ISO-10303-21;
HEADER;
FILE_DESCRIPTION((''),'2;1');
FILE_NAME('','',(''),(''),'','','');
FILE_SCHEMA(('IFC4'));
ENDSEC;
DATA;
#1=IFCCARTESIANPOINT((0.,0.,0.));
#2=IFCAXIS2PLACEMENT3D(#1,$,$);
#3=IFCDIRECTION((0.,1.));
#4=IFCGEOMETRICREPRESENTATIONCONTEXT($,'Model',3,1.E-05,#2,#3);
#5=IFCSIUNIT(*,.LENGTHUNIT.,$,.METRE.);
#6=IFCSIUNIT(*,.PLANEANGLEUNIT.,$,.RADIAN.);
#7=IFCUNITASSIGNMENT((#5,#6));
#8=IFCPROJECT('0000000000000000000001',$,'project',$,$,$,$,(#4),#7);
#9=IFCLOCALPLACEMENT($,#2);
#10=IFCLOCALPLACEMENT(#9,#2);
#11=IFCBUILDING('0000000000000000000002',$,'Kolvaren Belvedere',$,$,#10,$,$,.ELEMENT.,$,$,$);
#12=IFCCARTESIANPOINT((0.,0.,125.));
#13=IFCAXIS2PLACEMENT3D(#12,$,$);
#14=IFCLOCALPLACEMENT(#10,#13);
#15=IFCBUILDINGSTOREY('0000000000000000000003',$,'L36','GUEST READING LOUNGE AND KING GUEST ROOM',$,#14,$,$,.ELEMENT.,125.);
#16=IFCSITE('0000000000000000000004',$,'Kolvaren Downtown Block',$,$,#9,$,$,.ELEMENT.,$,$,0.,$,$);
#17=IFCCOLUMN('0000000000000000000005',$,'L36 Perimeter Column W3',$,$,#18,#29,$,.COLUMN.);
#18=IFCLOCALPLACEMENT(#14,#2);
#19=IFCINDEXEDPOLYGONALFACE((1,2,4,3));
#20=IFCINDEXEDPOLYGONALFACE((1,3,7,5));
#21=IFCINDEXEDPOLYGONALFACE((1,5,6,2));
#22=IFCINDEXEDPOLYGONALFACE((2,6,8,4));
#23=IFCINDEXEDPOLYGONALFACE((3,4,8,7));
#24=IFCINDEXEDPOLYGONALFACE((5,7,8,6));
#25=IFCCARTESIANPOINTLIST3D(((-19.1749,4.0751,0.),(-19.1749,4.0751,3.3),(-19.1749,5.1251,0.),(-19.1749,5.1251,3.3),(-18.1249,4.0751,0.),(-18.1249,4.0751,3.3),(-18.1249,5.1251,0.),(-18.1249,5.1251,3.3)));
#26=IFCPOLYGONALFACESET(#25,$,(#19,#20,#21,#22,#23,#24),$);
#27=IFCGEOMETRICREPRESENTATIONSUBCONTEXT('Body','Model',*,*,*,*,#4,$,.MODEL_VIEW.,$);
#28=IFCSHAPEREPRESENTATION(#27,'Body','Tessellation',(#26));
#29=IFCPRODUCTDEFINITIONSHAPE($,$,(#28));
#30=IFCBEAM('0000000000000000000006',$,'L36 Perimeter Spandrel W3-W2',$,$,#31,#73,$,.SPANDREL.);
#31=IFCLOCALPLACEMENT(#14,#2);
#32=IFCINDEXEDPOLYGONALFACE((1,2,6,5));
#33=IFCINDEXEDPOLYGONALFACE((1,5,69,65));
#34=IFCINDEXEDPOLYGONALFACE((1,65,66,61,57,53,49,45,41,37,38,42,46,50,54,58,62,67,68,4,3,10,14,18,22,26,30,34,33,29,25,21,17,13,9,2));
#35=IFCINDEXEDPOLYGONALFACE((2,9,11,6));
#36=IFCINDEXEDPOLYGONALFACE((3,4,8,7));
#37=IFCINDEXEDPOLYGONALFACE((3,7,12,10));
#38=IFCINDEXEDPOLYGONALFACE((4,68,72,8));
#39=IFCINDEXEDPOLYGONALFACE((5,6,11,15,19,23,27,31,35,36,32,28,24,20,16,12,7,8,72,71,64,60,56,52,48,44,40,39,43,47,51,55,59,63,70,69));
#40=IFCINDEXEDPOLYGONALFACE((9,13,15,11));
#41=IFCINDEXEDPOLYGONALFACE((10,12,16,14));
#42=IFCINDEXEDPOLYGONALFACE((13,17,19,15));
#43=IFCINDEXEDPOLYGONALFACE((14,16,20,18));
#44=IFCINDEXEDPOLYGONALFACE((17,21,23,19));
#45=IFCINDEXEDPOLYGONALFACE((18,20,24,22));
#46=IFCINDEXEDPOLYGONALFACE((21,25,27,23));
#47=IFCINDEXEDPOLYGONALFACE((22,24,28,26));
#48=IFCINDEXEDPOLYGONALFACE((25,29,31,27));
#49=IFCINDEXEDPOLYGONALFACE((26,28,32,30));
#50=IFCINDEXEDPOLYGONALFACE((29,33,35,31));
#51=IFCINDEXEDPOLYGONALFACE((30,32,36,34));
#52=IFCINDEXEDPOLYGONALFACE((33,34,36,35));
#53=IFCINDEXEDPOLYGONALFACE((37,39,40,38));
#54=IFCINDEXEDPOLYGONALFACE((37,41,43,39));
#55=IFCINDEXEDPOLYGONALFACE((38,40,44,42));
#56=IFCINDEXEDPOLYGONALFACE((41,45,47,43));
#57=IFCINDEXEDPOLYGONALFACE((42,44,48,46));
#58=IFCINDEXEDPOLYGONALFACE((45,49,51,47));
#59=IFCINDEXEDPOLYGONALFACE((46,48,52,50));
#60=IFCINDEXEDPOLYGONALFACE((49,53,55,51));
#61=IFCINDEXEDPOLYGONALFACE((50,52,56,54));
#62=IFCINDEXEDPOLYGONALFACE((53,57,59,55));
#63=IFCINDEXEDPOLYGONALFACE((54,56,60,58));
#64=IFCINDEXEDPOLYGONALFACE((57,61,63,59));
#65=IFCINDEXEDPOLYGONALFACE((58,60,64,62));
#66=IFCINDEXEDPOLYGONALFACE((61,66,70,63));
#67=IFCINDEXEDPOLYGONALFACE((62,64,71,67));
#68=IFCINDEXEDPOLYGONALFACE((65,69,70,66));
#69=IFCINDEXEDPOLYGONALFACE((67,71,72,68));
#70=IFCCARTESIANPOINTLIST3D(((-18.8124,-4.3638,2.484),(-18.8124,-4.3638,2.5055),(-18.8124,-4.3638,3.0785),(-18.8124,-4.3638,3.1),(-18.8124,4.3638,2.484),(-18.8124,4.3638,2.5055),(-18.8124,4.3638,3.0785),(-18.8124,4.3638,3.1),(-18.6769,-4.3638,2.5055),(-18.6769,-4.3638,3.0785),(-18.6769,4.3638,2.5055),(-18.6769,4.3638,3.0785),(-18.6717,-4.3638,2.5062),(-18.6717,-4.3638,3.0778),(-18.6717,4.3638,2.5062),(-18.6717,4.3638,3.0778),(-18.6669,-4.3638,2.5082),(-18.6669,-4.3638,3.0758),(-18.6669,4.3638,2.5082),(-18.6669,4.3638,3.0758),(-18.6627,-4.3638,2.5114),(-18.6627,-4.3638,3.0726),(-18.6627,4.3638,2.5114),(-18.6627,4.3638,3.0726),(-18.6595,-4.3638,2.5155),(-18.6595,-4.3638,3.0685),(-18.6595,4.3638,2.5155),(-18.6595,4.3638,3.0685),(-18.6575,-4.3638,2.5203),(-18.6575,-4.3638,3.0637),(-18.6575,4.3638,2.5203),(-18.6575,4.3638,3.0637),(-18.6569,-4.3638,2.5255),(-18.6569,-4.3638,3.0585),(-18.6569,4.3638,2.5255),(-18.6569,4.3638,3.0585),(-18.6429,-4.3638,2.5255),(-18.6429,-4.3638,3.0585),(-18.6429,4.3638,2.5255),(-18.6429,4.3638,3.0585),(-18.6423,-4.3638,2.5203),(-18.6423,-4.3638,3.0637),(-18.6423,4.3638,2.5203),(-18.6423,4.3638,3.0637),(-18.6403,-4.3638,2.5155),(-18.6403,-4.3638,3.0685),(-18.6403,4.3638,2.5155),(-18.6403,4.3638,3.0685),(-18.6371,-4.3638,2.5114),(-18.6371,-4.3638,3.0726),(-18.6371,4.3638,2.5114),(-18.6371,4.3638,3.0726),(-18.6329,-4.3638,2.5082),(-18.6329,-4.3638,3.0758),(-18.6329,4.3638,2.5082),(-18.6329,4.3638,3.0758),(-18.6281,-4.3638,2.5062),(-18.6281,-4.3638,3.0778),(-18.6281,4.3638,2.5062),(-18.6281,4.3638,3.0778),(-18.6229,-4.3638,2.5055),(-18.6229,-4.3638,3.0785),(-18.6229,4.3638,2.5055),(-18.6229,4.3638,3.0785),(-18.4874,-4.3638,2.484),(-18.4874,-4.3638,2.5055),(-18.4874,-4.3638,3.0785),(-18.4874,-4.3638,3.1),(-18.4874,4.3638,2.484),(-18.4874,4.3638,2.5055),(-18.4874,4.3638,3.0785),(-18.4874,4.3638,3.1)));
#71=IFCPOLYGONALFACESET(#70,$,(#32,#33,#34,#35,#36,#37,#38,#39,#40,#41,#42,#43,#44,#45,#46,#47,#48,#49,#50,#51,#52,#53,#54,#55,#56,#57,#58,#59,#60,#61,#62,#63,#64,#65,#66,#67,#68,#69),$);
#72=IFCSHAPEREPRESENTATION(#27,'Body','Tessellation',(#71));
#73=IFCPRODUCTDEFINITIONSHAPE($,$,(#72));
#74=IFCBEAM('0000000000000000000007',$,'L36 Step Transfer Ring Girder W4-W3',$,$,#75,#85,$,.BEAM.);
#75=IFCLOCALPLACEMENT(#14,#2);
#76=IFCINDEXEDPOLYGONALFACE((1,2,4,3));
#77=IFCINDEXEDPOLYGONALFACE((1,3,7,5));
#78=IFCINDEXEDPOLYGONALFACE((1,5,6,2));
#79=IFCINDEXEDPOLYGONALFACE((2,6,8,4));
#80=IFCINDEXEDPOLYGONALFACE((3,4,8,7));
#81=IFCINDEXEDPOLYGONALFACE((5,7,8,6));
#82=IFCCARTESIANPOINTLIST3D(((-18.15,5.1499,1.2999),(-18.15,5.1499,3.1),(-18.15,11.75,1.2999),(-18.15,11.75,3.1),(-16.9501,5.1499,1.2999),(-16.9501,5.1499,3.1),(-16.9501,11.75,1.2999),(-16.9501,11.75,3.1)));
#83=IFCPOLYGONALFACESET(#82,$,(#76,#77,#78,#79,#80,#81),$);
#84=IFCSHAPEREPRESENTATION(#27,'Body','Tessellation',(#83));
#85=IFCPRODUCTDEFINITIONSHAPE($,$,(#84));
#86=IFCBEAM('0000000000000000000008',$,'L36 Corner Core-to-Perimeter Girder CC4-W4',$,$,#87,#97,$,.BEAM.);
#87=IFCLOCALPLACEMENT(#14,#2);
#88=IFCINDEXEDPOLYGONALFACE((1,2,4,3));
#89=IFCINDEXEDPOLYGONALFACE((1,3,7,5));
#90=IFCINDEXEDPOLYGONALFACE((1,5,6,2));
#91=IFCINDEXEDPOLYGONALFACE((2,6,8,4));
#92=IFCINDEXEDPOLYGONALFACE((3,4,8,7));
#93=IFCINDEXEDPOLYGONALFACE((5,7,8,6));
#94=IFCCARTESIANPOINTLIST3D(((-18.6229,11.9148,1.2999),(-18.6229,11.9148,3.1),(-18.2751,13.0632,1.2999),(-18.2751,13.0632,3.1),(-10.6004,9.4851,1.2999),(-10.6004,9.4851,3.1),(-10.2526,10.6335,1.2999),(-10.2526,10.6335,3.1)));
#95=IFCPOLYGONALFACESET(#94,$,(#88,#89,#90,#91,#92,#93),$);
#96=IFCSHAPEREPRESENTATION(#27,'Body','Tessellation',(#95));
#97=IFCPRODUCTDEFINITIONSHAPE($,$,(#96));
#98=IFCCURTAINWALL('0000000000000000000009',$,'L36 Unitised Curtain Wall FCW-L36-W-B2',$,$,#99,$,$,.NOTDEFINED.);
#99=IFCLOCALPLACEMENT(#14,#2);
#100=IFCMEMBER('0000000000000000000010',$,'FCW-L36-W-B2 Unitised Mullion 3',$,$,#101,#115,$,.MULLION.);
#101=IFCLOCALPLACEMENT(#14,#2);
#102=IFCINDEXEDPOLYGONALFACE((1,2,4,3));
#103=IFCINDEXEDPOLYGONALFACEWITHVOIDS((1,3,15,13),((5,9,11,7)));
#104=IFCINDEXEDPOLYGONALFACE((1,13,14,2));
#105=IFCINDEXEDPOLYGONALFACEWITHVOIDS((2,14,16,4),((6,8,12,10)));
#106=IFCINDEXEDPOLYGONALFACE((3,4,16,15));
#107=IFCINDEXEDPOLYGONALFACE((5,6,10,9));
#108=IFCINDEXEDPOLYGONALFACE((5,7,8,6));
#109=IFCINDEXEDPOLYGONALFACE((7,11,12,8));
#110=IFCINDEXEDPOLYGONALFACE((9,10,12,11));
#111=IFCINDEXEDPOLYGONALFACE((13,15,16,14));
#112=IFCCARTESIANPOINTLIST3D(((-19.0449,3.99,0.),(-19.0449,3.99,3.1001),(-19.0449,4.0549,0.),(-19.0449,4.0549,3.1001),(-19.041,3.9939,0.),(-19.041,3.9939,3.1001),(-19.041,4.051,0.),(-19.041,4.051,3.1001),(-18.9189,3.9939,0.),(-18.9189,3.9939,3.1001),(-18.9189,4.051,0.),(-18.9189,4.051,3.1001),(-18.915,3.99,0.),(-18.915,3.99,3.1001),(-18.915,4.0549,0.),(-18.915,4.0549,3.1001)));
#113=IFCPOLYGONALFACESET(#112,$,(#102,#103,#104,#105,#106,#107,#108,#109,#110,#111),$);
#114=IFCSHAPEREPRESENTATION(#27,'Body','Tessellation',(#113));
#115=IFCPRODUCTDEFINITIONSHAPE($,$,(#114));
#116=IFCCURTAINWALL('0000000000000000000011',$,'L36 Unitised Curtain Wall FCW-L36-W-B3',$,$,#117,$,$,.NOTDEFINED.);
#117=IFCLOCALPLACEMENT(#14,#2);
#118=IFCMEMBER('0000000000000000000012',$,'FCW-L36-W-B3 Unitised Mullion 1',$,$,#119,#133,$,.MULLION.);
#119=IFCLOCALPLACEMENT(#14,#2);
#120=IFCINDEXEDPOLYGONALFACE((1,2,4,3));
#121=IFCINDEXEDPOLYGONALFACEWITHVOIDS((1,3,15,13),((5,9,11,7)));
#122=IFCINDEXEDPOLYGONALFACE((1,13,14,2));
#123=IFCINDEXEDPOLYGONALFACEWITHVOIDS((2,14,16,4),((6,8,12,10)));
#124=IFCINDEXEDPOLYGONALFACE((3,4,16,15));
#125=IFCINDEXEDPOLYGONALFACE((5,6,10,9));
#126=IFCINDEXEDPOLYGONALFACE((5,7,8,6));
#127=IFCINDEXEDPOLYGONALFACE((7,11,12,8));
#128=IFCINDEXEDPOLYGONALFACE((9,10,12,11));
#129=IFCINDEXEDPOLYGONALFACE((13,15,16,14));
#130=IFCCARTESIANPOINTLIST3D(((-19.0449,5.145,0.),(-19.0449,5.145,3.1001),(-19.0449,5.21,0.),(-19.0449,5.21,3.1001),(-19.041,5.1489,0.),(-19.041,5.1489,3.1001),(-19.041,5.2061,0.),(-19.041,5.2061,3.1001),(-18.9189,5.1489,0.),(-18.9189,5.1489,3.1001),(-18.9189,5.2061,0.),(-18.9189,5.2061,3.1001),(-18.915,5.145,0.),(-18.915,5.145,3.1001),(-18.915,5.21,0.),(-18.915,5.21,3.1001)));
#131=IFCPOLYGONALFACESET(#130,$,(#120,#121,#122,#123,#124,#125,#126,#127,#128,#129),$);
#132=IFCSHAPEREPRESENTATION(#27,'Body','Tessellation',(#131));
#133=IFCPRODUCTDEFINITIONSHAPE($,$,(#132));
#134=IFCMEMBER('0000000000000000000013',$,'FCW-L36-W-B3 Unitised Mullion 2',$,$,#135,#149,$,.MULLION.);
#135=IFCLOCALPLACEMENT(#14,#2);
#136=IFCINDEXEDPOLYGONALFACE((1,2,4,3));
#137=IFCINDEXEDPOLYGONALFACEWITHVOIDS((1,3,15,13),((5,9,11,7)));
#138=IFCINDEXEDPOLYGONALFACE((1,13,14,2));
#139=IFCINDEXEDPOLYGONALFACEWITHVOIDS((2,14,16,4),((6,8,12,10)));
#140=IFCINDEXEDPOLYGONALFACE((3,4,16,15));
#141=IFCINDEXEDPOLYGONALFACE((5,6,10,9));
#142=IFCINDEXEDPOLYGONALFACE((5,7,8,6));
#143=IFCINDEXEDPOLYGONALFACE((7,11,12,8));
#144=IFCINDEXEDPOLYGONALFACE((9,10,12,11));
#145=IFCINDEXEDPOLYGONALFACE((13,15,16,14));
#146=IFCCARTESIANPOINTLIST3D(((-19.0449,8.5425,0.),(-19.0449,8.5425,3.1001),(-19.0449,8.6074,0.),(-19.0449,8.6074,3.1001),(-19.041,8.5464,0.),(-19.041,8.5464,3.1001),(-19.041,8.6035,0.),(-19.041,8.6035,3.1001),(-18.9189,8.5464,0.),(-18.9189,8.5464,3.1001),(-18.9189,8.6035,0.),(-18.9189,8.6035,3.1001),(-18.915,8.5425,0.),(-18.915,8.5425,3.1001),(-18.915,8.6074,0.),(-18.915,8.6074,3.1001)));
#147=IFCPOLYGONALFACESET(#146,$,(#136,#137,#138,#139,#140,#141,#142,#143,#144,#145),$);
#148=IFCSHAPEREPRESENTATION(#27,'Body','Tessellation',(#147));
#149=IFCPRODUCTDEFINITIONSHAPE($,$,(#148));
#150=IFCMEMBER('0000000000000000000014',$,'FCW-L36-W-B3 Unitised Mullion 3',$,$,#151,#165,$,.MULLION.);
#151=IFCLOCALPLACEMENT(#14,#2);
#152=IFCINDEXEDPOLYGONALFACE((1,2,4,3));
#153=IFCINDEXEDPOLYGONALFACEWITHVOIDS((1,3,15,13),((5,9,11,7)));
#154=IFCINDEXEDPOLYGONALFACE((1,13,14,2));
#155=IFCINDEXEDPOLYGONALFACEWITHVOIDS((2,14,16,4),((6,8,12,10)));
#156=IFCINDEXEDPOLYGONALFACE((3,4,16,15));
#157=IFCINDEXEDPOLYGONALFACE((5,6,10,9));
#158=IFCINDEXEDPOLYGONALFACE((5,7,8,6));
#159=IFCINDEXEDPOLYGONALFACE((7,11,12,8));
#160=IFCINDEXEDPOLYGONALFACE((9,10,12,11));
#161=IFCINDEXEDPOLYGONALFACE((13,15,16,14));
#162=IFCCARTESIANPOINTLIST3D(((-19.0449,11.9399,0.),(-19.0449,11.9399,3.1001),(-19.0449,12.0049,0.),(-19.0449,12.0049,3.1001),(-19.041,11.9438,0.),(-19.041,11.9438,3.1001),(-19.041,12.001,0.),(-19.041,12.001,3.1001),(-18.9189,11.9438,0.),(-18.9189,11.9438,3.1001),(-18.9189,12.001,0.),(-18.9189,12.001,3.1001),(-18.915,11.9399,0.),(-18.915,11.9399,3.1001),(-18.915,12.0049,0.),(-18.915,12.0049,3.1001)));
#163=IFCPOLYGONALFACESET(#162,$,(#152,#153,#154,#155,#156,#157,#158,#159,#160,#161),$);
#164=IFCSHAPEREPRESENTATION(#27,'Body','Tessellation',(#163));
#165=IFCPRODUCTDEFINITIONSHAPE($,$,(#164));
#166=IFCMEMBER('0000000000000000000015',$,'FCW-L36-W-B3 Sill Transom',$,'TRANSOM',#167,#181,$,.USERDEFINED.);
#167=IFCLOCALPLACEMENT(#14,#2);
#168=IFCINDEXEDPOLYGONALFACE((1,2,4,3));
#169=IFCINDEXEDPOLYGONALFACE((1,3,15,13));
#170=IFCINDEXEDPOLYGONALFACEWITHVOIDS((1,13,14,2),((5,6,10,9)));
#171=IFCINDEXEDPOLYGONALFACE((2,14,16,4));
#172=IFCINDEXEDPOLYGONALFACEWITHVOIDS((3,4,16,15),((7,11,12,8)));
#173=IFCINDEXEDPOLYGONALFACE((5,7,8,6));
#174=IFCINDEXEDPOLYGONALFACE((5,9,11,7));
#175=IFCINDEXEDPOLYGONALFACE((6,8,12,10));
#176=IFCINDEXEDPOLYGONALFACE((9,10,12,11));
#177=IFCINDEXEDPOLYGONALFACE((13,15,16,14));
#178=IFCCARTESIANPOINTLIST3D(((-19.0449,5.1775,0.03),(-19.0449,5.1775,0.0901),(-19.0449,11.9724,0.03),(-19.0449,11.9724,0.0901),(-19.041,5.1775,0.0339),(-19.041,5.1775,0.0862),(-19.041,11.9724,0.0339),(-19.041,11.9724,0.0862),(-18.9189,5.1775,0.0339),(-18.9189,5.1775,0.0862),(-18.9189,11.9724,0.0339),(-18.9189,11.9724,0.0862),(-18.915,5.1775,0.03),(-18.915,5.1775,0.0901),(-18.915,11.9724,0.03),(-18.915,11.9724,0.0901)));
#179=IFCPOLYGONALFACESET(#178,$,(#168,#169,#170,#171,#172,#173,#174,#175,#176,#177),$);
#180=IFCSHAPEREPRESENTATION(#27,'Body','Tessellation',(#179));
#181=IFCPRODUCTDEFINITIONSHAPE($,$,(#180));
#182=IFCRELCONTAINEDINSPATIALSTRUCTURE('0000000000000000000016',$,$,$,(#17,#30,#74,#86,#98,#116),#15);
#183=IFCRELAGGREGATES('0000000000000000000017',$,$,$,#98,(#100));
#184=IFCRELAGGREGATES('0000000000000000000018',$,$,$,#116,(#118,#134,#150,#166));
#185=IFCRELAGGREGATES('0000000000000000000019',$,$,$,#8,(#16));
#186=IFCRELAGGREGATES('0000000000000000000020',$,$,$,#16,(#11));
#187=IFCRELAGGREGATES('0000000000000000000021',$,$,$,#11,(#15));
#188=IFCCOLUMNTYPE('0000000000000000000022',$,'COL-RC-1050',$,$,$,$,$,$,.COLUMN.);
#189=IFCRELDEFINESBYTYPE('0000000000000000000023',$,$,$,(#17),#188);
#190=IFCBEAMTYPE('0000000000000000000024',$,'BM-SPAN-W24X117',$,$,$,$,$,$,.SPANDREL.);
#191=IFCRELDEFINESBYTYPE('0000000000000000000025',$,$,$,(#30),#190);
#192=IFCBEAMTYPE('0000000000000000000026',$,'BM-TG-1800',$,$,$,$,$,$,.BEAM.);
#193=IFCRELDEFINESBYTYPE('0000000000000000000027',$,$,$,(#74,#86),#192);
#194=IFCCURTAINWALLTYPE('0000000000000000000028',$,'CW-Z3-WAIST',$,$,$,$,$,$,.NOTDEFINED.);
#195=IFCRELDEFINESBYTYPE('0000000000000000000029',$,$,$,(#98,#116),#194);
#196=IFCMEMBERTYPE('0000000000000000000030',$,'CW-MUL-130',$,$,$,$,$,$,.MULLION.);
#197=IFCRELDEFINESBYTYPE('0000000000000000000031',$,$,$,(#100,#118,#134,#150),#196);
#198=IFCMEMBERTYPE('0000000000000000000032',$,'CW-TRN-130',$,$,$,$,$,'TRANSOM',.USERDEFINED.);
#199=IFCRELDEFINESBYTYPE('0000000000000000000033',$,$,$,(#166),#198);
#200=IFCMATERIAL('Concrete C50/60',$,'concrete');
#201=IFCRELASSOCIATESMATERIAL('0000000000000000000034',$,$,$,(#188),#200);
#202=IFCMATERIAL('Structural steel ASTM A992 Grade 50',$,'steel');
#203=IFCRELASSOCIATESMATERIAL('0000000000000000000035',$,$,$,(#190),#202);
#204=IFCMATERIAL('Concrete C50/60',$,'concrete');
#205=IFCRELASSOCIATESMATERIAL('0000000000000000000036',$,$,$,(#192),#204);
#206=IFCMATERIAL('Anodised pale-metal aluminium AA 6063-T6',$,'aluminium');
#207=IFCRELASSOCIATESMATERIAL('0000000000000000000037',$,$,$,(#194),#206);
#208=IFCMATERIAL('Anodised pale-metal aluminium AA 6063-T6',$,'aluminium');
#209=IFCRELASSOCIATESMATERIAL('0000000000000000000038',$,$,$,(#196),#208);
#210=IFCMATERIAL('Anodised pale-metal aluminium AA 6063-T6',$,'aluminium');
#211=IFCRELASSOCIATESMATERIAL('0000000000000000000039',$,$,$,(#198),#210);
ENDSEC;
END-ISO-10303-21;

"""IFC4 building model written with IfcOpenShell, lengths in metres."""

from ifc_helpers import new_model, si_unit, direction, frame, origin, origin_2d, place, context, subcontext, project, spatial, rectangle, hollow_rectangle, i_section, extrude, material, material_profile, profile_set, type_object, element, aggregate, save


model = new_model("IFC4")

# Units and contexts
model_context = context("Model", 3, precision=1e-05, world=origin(), true_north=direction((0.0, 1.0)))
body_context = subcontext(model_context, "Body", "Model", "MODEL_VIEW")
ifc_project = project(units=[si_unit("LENGTHUNIT", "METRE"), si_unit("PLANEANGLEUNIT", "RADIAN")], contexts=[model_context])

# Site, building, storey
site_placement = place(None, origin())
site = spatial("IfcSite", under=ifc_project, at=site_placement, Name="Kolvaren Downtown Block", CompositionType="ELEMENT", RefElevation=0.0)
building_placement = place(site_placement, origin())
building = spatial("IfcBuilding", under=site, at=building_placement, Name="Kolvaren Belvedere", CompositionType="ELEMENT")
storey_placement = place(building_placement, frame((0.0, 0.0, 125.0)))
storey = spatial("IfcBuildingStorey", under=building, at=storey_placement, Name="L36", Description="GUEST READING LOUNGE AND KING GUEST ROOM", CompositionType="ELEMENT", Elevation=125.0)

# Column
ifc_material_1 = material(Name="Concrete C50/60", Category="concrete")
ifc_material_profile_1 = material_profile(ifc_material_1, rectangle(XDim=1.05, YDim=1.05, at=origin_2d()), Name="RC 1050X1050")
ifc_profile_set_1 = profile_set([ifc_material_profile_1], Name="Concrete C50/60")
column_type = type_object("IfcColumnType", Name="COL-RC-1050", PredefinedType="COLUMN", material=ifc_profile_set_1)
column_placement = place(storey_placement, frame((-18.6499, 4.6001, 0.0), z_axis=(0.0, 0.0, 1.0), x_axis=(1.0, 0.0, 0.0)))
element("IfcColumn", 1, at=column_placement, inside=storey, type_object=column_type, Name="L36 Perimeter Column W3", PredefinedType="COLUMN", context=body_context, shape_type="SweptSolid", body=[
    extrude(rectangle(XDim=1.05, YDim=1.05, at=origin_2d()), origin(), (0.0, 0.0, 1.0), 3.3),
])

# Beams
ifc_material_2 = material(Name="Structural steel ASTM A992 Grade 50", Category="steel")
ifc_material_profile_2 = material_profile(ifc_material_2, i_section(OverallWidth=0.325, OverallDepth=0.616, WebThickness=0.0139, FlangeThickness=0.0215, FilletRadius=0.02, at=origin_2d()), Name="W24X117")
ifc_profile_set_2 = profile_set([ifc_material_profile_2], Name="Structural steel ASTM A992 Grade 50")
beam_type_1 = type_object("IfcBeamType", Name="BM-SPAN-W24X117", PredefinedType="SPANDREL", material=ifc_profile_set_2)
beam_1_placement = place(storey_placement, frame((-18.6499, 4.3638, 2.792), z_axis=(0.0, -1.0, 0.0), x_axis=(1.0, 0.0, 0.0)))
element("IfcBeam", 2, at=beam_1_placement, inside=storey, type_object=beam_type_1, Name="L36 Perimeter Spandrel W3-W2", PredefinedType="SPANDREL", context=body_context, shape_type="SweptSolid", body=[
    extrude(i_section(OverallWidth=0.325, OverallDepth=0.616, WebThickness=0.0139, FlangeThickness=0.0215, FilletRadius=0.02, at=origin_2d()), origin(), (0.0, 0.0, 1.0), 8.7275),
])
ifc_material_3 = material(Name="Concrete C50/60", Category="concrete")
ifc_material_profile_3 = material_profile(ifc_material_3, rectangle(XDim=1.2, YDim=1.8, at=origin_2d()), Name="RC 1200X1800")
ifc_profile_set_3 = profile_set([ifc_material_profile_3], Name="Concrete C50/60")
beam_type_2 = type_object("IfcBeamType", Name="BM-TG-1800", PredefinedType="BEAM", material=ifc_profile_set_3)
beam_2_placement = place(storey_placement, frame((-17.55, 11.75, 2.2), z_axis=(0.0, -1.0, 0.0), x_axis=(1.0, 0.0, 0.0)))
element("IfcBeam", 3, at=beam_2_placement, inside=storey, type_object=beam_type_2, Name="L36 Step Transfer Ring Girder W4-W3", PredefinedType="BEAM", context=body_context, shape_type="SweptSolid", body=[
    extrude(rectangle(XDim=1.2, YDim=1.8, at=origin_2d()), origin(), (0.0, 0.0, 1.0), 6.6001),
])
beam_3_placement = place(storey_placement, frame((-10.4265, 10.0593, 2.2), z_axis=(-0.957069, 0.289859, 0.0), x_axis=(-0.289859, -0.957069, 0.0)))
element("IfcBeam", 4, at=beam_3_placement, inside=storey, type_object=beam_type_2, Name="L36 Corner Core-to-Perimeter Girder CC4-W4", PredefinedType="BEAM", context=body_context, shape_type="SweptSolid", body=[
    extrude(rectangle(XDim=1.2, YDim=1.8, at=origin_2d()), origin(), (0.0, 0.0, 1.0), 8.3823),
])

# Curtain wall, member
ifc_material_4 = material(Name="Anodised pale-metal aluminium AA 6063-T6", Category="aluminium")
curtain_wall_type = type_object("IfcCurtainWallType", Name="CW-Z3-WAIST", PredefinedType="NOTDEFINED", material=ifc_material_4)
curtain_wall_1_placement = place(storey_placement, origin())
curtain_wall_1 = element("IfcCurtainWall", 5, at=curtain_wall_1_placement, inside=storey, type_object=curtain_wall_type, Name="L36 Unitised Curtain Wall FCW-L36-W-B2", PredefinedType="NOTDEFINED")
ifc_material_5 = material(Name="Anodised pale-metal aluminium AA 6063-T6", Category="aluminium")
ifc_material_profile_4 = material_profile(ifc_material_5, hollow_rectangle(XDim=0.0649, YDim=0.1299, WallThickness=0.0039, at=origin_2d()), Name="ALU-MUL-130X65")
ifc_profile_set_4 = profile_set([ifc_material_profile_4], Name="Anodised pale-metal aluminium AA 6063-T6")
member_type_1 = type_object("IfcMemberType", Name="CW-MUL-130", PredefinedType="MULLION", material=ifc_profile_set_4)
member_1_placement = place(storey_placement, frame((-18.98, 4.0225, 0.0), z_axis=(0.0, 0.0, 1.0), x_axis=(0.0, 1.0, 0.0)))
member_1 = element("IfcMember", 6, at=member_1_placement, type_object=member_type_1, Name="FCW-L36-W-B2 Unitised Mullion 3", PredefinedType="MULLION", context=body_context, shape_type="SweptSolid", body=[
    extrude(hollow_rectangle(XDim=0.0649, YDim=0.1299, WallThickness=0.0039, at=origin_2d()), origin(), (0.0, 0.0, 1.0), 3.1001),
])

# Curtain wall, members
curtain_wall_2_placement = place(storey_placement, origin())
curtain_wall_2 = element("IfcCurtainWall", 7, at=curtain_wall_2_placement, inside=storey, type_object=curtain_wall_type, Name="L36 Unitised Curtain Wall FCW-L36-W-B3", PredefinedType="NOTDEFINED")
member_2_placement = place(storey_placement, frame((-18.98, 5.1775, 0.0), z_axis=(0.0, 0.0, 1.0), x_axis=(0.0, 1.0, 0.0)))
member_2 = element("IfcMember", 8, at=member_2_placement, type_object=member_type_1, Name="FCW-L36-W-B3 Unitised Mullion 1", PredefinedType="MULLION", context=body_context, shape_type="SweptSolid", body=[
    extrude(hollow_rectangle(XDim=0.0649, YDim=0.1299, WallThickness=0.0039, at=origin_2d()), origin(), (0.0, 0.0, 1.0), 3.1001),
])
member_3_placement = place(storey_placement, frame((-18.98, 8.575, 0.0), z_axis=(0.0, 0.0, 1.0), x_axis=(0.0, 1.0, 0.0)))
member_3 = element("IfcMember", 9, at=member_3_placement, type_object=member_type_1, Name="FCW-L36-W-B3 Unitised Mullion 2", PredefinedType="MULLION", context=body_context, shape_type="SweptSolid", body=[
    extrude(hollow_rectangle(XDim=0.0649, YDim=0.1299, WallThickness=0.0039, at=origin_2d()), origin(), (0.0, 0.0, 1.0), 3.1001),
])
member_4_placement = place(storey_placement, frame((-18.98, 11.9724, 0.0), z_axis=(0.0, 0.0, 1.0), x_axis=(0.0, 1.0, 0.0)))
member_4 = element("IfcMember", 10, at=member_4_placement, type_object=member_type_1, Name="FCW-L36-W-B3 Unitised Mullion 3", PredefinedType="MULLION", context=body_context, shape_type="SweptSolid", body=[
    extrude(hollow_rectangle(XDim=0.0649, YDim=0.1299, WallThickness=0.0039, at=origin_2d()), origin(), (0.0, 0.0, 1.0), 3.1001),
])
ifc_material_6 = material(Name="Anodised pale-metal aluminium AA 6063-T6", Category="aluminium")
ifc_material_profile_5 = material_profile(ifc_material_6, hollow_rectangle(XDim=0.0601, YDim=0.1299, WallThickness=0.0039, at=origin_2d()), Name="ALU-TRN-130X60")
ifc_profile_set_5 = profile_set([ifc_material_profile_5], Name="Anodised pale-metal aluminium AA 6063-T6")
member_type_2 = type_object("IfcMemberType", Name="CW-TRN-130", ElementType="TRANSOM", PredefinedType="USERDEFINED", material=ifc_profile_set_5)
member_5_placement = place(storey_placement, frame((-18.98, 5.1775, 0.0601), z_axis=(0.0, 1.0, 0.0), x_axis=(0.0, 0.0, 1.0)))
member_5 = element("IfcMember", 11, at=member_5_placement, type_object=member_type_2, Name="FCW-L36-W-B3 Sill Transom", ObjectType="TRANSOM", PredefinedType="USERDEFINED", context=body_context, shape_type="SweptSolid", body=[
    extrude(hollow_rectangle(XDim=0.0601, YDim=0.1299, WallThickness=0.0039, at=origin_2d()), origin(), (0.0, 0.0, 1.0), 6.7949),
])

aggregate(curtain_wall_1, [member_1])
aggregate(curtain_wall_2, [member_2, member_3, member_4, member_5])

save(model, "model.ifc")
